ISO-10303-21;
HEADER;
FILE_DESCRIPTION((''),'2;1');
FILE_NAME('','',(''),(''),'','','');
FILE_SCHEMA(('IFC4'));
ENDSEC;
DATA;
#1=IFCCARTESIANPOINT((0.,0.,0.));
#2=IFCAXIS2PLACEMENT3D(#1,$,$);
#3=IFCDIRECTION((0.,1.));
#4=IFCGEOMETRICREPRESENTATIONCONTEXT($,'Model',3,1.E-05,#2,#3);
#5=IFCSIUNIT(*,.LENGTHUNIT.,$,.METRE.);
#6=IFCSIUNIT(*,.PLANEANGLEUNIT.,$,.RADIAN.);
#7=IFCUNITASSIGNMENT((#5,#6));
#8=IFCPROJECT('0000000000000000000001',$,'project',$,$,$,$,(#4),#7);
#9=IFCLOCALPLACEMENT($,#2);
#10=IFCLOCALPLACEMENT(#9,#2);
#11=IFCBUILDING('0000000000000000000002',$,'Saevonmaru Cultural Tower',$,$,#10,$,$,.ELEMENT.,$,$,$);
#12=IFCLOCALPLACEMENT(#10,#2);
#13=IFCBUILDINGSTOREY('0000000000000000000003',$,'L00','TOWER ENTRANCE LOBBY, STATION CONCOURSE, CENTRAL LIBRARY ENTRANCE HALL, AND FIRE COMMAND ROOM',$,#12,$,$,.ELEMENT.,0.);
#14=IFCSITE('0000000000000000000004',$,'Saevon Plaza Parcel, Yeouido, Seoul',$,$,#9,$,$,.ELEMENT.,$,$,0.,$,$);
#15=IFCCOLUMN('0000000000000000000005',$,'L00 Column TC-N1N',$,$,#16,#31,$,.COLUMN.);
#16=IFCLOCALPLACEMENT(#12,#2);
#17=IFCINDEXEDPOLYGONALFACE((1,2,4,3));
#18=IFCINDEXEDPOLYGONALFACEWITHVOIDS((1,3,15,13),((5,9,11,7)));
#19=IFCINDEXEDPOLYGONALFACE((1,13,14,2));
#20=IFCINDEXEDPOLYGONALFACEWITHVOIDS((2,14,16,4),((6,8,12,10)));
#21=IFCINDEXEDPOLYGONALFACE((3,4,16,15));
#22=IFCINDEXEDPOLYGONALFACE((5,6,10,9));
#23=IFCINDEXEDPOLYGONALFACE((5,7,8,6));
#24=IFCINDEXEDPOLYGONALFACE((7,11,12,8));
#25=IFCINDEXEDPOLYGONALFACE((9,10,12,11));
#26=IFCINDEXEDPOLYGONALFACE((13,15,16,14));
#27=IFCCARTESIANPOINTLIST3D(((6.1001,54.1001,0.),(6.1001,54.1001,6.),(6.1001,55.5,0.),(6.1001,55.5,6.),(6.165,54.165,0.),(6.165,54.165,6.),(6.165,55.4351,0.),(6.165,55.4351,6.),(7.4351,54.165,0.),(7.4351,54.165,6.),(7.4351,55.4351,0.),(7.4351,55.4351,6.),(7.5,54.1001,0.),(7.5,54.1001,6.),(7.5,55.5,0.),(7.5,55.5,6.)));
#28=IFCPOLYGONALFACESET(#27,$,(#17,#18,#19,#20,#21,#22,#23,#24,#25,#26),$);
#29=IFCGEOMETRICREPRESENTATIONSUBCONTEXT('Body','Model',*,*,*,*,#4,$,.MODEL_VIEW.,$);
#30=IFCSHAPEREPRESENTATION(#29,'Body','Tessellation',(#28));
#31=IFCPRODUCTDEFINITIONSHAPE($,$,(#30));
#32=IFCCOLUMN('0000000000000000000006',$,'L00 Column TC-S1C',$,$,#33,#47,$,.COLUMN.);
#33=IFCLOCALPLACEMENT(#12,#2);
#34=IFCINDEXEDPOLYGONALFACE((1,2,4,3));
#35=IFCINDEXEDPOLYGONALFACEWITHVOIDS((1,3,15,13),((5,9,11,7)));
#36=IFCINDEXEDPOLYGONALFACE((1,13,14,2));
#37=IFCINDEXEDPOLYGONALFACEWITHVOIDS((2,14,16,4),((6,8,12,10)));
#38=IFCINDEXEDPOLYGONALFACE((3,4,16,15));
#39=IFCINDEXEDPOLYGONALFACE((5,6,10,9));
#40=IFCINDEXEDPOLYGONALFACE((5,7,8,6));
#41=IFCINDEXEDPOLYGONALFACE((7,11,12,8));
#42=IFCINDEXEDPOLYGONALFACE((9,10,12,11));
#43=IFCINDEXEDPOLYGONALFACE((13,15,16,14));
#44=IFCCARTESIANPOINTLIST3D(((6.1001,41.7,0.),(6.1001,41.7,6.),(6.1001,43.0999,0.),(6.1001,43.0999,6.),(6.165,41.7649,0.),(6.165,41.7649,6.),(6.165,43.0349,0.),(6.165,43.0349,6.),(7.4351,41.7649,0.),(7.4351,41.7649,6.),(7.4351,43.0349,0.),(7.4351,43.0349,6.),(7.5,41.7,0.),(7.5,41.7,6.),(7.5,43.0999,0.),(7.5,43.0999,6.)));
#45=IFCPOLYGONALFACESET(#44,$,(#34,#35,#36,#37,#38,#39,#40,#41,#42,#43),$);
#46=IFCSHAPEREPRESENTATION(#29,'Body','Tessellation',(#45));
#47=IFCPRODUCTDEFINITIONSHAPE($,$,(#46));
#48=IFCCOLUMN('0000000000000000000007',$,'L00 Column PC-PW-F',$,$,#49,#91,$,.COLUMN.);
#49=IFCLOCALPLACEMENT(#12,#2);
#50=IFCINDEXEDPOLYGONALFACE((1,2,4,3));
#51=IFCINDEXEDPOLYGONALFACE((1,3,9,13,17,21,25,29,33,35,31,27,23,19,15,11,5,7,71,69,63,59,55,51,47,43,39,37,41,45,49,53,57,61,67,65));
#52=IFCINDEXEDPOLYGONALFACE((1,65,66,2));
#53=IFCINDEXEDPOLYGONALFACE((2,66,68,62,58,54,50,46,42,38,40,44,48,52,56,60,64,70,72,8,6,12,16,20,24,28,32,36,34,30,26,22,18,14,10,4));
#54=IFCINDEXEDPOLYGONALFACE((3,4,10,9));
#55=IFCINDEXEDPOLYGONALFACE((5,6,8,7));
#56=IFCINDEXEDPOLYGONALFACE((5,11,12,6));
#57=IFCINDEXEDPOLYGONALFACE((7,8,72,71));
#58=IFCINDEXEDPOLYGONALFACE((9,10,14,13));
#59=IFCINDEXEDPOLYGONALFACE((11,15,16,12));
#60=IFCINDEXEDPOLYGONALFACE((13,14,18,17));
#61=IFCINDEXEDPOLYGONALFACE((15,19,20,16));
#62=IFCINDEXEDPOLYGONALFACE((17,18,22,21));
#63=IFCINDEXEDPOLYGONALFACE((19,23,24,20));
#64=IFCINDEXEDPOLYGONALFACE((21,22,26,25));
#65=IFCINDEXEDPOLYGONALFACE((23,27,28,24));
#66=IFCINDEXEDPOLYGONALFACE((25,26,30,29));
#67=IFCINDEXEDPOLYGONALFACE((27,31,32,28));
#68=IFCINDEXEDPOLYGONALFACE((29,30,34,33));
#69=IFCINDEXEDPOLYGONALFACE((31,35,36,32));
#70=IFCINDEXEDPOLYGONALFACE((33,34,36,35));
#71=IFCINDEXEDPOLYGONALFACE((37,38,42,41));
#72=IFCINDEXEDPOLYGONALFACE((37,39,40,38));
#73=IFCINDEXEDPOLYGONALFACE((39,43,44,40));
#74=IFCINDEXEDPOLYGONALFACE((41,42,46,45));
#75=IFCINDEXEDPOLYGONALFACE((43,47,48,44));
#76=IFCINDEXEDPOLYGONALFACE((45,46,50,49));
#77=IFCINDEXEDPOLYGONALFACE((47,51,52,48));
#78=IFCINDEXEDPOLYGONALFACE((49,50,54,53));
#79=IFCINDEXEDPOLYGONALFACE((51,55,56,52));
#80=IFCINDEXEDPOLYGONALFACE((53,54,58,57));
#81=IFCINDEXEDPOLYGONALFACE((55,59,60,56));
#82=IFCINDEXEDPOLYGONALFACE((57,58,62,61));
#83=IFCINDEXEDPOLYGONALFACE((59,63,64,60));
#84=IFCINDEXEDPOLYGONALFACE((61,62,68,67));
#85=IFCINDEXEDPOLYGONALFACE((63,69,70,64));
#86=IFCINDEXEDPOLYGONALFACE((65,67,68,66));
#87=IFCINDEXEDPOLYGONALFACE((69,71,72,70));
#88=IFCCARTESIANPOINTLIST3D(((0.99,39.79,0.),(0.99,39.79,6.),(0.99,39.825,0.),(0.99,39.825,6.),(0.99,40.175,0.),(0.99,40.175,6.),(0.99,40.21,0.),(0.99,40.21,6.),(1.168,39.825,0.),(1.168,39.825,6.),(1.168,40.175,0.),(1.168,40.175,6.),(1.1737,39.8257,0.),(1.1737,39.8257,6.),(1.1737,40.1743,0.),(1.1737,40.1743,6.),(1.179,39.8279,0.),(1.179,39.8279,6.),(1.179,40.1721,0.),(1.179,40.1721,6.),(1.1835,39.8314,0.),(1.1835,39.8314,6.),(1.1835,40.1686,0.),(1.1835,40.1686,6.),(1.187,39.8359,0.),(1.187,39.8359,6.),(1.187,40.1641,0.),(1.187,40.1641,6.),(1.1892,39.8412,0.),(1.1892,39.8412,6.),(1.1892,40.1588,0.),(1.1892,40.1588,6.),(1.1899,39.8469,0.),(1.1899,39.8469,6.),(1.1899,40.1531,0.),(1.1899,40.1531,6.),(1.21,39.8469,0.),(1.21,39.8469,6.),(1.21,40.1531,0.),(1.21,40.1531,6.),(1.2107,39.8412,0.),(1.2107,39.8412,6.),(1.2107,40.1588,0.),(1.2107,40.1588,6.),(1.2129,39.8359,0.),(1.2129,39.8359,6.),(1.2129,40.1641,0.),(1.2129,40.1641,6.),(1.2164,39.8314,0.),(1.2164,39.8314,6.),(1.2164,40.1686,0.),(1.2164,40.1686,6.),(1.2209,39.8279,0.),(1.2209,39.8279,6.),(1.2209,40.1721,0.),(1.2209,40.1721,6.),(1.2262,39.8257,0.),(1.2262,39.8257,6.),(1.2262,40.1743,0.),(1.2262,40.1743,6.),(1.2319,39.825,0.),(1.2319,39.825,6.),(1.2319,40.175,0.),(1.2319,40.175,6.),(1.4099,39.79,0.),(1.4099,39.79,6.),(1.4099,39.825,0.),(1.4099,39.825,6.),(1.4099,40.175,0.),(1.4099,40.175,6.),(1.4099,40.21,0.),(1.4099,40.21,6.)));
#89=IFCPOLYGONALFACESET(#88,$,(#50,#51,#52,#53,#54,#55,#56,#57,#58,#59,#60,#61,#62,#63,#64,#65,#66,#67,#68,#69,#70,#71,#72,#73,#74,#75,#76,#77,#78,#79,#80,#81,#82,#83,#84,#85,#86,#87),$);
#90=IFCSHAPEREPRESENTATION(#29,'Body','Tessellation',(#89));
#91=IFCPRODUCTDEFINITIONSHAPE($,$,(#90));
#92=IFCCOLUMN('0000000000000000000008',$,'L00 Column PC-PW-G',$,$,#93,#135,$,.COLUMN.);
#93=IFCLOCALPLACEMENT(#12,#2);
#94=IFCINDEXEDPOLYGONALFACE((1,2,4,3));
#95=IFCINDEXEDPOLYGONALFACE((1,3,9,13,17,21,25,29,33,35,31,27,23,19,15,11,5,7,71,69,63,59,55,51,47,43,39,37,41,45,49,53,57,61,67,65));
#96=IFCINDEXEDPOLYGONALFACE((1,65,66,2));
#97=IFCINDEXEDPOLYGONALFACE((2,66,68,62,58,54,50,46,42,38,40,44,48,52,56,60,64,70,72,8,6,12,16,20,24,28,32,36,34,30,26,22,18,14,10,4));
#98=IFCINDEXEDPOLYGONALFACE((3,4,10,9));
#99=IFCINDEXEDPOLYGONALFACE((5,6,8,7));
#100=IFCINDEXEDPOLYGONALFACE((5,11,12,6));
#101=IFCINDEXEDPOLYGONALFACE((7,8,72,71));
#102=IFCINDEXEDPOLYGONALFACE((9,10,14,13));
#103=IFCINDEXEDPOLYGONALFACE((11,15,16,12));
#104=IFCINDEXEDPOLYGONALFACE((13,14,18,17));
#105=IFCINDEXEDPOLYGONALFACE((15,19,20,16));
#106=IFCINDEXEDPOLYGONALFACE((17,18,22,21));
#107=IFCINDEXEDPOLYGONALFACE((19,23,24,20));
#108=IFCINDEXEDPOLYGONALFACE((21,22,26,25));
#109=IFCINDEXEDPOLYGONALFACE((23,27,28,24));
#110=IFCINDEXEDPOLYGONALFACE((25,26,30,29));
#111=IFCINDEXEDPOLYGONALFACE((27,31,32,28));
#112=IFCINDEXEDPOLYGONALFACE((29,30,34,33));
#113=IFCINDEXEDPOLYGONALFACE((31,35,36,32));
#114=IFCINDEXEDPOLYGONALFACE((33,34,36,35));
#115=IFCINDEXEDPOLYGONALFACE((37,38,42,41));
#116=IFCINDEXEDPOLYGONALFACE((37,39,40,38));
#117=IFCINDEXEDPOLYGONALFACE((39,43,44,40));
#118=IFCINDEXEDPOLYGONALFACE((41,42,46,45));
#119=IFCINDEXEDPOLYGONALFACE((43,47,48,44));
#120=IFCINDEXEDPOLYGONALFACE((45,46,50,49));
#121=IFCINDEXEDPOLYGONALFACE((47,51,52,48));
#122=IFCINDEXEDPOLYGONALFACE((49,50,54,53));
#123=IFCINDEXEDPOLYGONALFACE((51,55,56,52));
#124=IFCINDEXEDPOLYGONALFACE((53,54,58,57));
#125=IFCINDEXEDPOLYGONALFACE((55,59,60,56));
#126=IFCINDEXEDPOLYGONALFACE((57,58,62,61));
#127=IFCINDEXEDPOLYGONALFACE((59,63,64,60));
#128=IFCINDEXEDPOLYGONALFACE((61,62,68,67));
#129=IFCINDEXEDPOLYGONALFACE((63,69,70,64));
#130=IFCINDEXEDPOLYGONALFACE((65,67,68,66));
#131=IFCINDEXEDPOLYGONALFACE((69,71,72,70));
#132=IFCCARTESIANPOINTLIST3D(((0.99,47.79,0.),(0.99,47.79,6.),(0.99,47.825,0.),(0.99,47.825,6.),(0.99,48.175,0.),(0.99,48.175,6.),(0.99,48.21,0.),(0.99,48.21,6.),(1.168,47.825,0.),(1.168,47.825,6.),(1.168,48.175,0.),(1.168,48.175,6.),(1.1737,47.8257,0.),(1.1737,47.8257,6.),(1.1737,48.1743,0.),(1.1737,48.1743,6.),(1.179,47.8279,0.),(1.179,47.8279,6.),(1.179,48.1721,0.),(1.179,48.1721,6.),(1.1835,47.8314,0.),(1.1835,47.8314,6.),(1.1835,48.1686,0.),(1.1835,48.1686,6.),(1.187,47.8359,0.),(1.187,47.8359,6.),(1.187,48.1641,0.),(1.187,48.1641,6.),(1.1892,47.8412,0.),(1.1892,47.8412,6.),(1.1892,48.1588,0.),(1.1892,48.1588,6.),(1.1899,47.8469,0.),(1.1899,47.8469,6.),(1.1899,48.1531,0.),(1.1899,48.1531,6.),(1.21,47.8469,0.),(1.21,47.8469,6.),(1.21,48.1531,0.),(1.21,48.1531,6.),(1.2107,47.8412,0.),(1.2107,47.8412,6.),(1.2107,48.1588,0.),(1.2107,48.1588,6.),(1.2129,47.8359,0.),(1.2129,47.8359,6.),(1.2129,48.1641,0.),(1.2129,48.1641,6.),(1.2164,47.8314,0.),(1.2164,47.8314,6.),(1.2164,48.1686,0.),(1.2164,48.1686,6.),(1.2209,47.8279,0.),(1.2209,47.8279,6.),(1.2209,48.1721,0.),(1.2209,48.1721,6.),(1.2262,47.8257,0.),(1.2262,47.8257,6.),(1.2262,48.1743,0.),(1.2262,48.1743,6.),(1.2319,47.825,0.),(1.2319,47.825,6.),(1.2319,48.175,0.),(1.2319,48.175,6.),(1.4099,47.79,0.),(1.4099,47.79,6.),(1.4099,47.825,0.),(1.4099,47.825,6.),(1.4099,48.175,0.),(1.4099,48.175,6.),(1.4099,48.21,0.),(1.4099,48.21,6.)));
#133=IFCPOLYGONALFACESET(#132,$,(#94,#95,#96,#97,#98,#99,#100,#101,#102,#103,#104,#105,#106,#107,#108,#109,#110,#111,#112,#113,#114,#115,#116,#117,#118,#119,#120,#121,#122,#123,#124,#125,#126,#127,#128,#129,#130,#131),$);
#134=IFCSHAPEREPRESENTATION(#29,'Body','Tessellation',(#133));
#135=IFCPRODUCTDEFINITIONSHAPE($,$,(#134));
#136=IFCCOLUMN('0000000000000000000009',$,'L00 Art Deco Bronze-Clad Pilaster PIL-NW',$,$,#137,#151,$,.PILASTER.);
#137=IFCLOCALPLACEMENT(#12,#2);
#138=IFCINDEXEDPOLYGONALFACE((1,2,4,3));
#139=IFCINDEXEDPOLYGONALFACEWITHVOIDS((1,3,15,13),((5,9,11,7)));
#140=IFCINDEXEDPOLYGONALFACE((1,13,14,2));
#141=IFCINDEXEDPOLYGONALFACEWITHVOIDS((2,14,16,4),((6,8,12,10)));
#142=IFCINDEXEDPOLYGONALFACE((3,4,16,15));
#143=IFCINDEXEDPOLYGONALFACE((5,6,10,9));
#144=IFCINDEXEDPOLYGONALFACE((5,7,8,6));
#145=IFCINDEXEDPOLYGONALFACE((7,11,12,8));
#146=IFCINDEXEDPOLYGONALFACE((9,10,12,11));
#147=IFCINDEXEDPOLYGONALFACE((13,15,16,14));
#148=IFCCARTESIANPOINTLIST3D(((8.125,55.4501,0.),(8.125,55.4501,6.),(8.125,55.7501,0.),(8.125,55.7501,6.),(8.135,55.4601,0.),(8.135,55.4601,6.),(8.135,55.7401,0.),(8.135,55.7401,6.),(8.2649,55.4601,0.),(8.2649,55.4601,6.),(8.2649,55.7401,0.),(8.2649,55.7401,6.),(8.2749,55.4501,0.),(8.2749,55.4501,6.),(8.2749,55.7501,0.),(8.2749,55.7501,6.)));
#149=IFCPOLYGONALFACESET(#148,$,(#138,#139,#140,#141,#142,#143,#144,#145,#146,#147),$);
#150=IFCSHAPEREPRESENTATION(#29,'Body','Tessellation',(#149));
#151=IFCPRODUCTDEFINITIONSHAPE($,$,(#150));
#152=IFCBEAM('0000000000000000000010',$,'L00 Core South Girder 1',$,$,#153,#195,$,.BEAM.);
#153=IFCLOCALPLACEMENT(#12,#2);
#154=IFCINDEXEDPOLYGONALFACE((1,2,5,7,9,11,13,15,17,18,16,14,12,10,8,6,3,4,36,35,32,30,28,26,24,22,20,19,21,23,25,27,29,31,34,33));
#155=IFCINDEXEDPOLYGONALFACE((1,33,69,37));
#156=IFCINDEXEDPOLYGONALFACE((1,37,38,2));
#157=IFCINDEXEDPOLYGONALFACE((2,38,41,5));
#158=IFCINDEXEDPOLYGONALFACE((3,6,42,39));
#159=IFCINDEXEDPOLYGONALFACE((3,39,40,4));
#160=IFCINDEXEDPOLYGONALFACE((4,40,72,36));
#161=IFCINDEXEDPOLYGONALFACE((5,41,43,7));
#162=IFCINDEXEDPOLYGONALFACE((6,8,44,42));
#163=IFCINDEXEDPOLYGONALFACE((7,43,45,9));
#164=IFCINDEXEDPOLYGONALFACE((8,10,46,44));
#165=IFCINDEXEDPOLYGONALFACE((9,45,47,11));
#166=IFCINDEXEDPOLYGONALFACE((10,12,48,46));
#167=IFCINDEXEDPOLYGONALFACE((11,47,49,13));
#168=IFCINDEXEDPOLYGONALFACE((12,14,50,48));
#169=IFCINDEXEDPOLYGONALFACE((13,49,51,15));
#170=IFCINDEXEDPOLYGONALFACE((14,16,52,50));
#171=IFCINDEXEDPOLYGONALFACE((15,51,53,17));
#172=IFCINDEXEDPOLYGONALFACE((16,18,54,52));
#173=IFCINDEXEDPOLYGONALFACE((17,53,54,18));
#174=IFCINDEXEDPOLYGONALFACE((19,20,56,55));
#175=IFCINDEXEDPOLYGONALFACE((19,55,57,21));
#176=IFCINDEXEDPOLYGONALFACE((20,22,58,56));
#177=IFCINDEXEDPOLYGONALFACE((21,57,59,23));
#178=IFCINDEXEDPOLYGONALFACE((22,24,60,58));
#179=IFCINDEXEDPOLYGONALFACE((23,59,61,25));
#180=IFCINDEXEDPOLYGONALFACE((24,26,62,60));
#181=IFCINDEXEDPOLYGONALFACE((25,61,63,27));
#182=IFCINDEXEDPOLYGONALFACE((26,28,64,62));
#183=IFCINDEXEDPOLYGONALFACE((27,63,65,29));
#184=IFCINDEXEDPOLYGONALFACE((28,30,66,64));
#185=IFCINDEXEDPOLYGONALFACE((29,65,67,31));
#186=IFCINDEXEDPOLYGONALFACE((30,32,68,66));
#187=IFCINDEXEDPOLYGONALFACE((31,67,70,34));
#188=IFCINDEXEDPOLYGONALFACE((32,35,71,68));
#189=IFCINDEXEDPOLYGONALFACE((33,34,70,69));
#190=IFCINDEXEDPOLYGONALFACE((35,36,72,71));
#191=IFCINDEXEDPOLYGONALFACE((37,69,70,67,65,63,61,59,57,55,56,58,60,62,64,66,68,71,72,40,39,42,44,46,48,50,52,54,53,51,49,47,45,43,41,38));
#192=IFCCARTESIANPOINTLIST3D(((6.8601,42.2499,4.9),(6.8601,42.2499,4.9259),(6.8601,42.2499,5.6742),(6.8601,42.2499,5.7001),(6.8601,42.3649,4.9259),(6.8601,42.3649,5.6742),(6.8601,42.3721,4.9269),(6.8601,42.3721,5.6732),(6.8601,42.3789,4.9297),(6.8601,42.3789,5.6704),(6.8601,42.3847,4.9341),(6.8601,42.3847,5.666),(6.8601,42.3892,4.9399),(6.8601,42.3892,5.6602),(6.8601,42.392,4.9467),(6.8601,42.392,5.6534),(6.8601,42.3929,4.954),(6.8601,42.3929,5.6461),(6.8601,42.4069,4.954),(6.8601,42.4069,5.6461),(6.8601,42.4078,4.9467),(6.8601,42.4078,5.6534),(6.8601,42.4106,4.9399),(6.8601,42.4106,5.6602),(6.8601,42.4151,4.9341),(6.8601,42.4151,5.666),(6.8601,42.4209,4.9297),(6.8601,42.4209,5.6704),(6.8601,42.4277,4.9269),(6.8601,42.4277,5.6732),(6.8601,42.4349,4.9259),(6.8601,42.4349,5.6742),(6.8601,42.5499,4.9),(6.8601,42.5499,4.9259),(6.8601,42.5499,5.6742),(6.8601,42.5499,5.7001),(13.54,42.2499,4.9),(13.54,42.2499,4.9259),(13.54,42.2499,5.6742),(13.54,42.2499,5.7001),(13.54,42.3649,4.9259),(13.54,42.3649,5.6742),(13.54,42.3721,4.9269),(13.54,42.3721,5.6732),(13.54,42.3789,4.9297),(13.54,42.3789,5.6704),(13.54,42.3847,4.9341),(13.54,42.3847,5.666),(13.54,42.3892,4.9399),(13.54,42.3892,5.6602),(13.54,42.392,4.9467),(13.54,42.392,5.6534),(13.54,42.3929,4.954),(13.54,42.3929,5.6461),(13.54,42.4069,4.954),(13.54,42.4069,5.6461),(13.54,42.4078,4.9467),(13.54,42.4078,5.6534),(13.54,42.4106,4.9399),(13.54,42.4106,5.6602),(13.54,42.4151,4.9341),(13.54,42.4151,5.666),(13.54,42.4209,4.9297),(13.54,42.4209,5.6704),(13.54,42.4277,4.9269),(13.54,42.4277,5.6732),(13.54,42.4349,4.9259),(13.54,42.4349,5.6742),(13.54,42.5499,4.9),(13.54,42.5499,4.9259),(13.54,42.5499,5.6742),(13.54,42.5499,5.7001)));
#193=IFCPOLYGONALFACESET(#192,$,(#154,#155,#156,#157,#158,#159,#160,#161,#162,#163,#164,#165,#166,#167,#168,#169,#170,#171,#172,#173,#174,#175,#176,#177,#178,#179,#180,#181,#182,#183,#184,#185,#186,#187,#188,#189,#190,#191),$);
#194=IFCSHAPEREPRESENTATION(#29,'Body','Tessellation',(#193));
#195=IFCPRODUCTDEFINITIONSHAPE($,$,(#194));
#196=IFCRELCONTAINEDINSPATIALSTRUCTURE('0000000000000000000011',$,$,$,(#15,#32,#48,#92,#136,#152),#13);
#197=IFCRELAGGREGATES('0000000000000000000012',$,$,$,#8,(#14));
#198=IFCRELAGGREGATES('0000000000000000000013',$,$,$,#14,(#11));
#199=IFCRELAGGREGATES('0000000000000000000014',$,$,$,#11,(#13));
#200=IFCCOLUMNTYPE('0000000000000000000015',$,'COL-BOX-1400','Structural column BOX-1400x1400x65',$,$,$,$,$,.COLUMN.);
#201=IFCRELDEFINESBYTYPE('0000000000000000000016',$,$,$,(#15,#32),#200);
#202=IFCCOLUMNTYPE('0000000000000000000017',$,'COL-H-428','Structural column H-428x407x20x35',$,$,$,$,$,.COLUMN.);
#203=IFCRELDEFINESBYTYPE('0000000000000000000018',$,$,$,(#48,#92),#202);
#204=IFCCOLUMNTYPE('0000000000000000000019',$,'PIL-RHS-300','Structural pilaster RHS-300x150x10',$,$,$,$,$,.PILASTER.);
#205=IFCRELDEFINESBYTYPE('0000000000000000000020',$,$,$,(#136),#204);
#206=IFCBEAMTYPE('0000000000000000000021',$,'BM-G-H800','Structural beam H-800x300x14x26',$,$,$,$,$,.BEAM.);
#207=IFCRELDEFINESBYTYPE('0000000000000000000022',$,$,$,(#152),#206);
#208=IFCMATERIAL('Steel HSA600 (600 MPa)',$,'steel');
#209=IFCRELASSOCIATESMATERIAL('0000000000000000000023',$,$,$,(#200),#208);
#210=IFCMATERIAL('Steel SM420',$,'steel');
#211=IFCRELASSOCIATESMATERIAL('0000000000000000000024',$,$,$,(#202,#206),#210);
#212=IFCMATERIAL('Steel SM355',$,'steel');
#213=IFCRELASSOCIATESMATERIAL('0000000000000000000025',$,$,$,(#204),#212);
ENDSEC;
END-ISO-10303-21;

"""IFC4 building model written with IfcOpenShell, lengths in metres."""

from ifc_helpers import new_model, si_unit, direction, frame, origin, origin_2d, place, context, subcontext, project, spatial, hollow_rectangle, i_section, extrude, material, material_profile, profile_set, type_object, element, save


model = new_model("IFC4")

# Units and contexts
model_context = context("Model", 3, precision=1e-05, world=origin(), true_north=direction((0.0, 1.0)))
body_context = subcontext(model_context, "Body", "Model", "MODEL_VIEW")
ifc_project = project(units=[si_unit("LENGTHUNIT", "METRE"), si_unit("PLANEANGLEUNIT", "RADIAN")], contexts=[model_context])

# Site, building, storey
site_placement = place(None, origin())
site = spatial("IfcSite", under=ifc_project, at=site_placement, Name="Saevon Plaza Parcel, Yeouido, Seoul", CompositionType="ELEMENT", RefElevation=0.0)
building_placement = place(site_placement, origin())
building = spatial("IfcBuilding", under=site, at=building_placement, Name="Saevonmaru Cultural Tower", CompositionType="ELEMENT")
storey_placement = place(building_placement, origin())
storey = spatial("IfcBuildingStorey", under=building, at=storey_placement, Name="L00", Description="TOWER ENTRANCE LOBBY, STATION CONCOURSE, CENTRAL LIBRARY ENTRANCE HALL, AND FIRE COMMAND ROOM", CompositionType="ELEMENT", Elevation=0.0)

# Columns
ifc_material_1 = material(Name="Steel HSA600 (600 MPa)", Category="steel")
ifc_material_profile_1 = material_profile(ifc_material_1, hollow_rectangle(XDim=1.3999, YDim=1.3999, WallThickness=0.0649, at=origin_2d()), Name="BOX-1400x1400x65")
ifc_profile_set_1 = profile_set([ifc_material_profile_1], Name="Steel HSA600 (600 MPa)")
column_type_1 = type_object("IfcColumnType", Name="COL-BOX-1400", Description="Structural column BOX-1400x1400x65", PredefinedType="COLUMN", material=ifc_profile_set_1)
for number, where, z_axis, x_axis, name in (
    (1, (6.8, 54.8, 0.0), (0.0, 0.0, 1.0), (1.0, 0.0, 0.0), "L00 Column TC-N1N"),
    (2, (6.8, 42.3999, 0.0), (0.0, 0.0, 1.0), (1.0, 0.0, 0.0), "L00 Column TC-S1C"),
):
    element("IfcColumn", number, at=place(storey_placement, frame(where, z_axis=z_axis, x_axis=x_axis)), inside=storey, type_object=column_type_1, Name=name, PredefinedType="COLUMN", context=body_context, shape_type="SweptSolid", body=[
        extrude(hollow_rectangle(XDim=1.3999, YDim=1.3999, WallThickness=0.0649, at=origin_2d()), origin(), (0.0, 0.0, 1.0), 6.0),
    ])
ifc_material_2 = material(Name="Steel SM420", Category="steel")
ifc_material_profile_2 = material_profile(ifc_material_2, i_section(OverallWidth=0.4199, OverallDepth=0.4199, WebThickness=0.02, FlangeThickness=0.0349, FilletRadius=0.022, at=origin_2d()), Name="H-428x407x20x35")
ifc_profile_set_2 = profile_set([ifc_material_profile_2], Name="Steel SM420")
column_type_2 = type_object("IfcColumnType", Name="COL-H-428", Description="Structural column H-428x407x20x35", PredefinedType="COLUMN", material=ifc_profile_set_2)
for number, where, z_axis, x_axis, name in (
    (3, (1.2, 40.0, 0.0), (0.0, 0.0, 1.0), (1.0, 0.0, 0.0), "L00 Column PC-PW-F"),
    (4, (1.2, 48.0, 0.0), (0.0, 0.0, 1.0), (1.0, 0.0, 0.0), "L00 Column PC-PW-G"),
):
    element("IfcColumn", number, at=place(storey_placement, frame(where, z_axis=z_axis, x_axis=x_axis)), inside=storey, type_object=column_type_2, Name=name, PredefinedType="COLUMN", context=body_context, shape_type="SweptSolid", body=[
        extrude(i_section(OverallWidth=0.4199, OverallDepth=0.4199, WebThickness=0.02, FlangeThickness=0.0349, FilletRadius=0.022, at=origin_2d()), origin(), (0.0, 0.0, 1.0), 6.0),
    ])
ifc_material_3 = material(Name="Steel SM355", Category="steel")
ifc_material_profile_3 = material_profile(ifc_material_3, hollow_rectangle(XDim=0.1499, YDim=0.3, WallThickness=0.01, at=origin_2d()), Name="RHS-300x150x10")
ifc_profile_set_3 = profile_set([ifc_material_profile_3], Name="Steel SM355")
column_type_3 = type_object("IfcColumnType", Name="PIL-RHS-300", Description="Structural pilaster RHS-300x150x10", PredefinedType="PILASTER", material=ifc_profile_set_3)
column_placement = place(storey_placement, frame((8.2, 55.6001, 0.0), z_axis=(0.0, 0.0, 1.0), x_axis=(1.0, 0.0, 0.0)))
element("IfcColumn", 5, at=column_placement, inside=storey, type_object=column_type_3, Name="L00 Art Deco Bronze-Clad Pilaster PIL-NW", PredefinedType="PILASTER", context=body_context, shape_type="SweptSolid", body=[
    extrude(hollow_rectangle(XDim=0.1499, YDim=0.3, WallThickness=0.01, at=origin_2d()), origin(), (0.0, 0.0, 1.0), 6.0),
])

# Beam
ifc_material_profile_4 = material_profile(ifc_material_2, i_section(OverallWidth=0.3, OverallDepth=0.8, WebThickness=0.0139, FlangeThickness=0.0259, FilletRadius=0.0281, at=origin_2d()), Name="H-800x300x14x26")
ifc_profile_set_4 = profile_set([ifc_material_profile_4], Name="Steel SM420")
beam_type_1 = type_object("IfcBeamType", Name="BM-G-H800", Description="Structural beam H-800x300x14x26", PredefinedType="BEAM", material=ifc_profile_set_4)
beam_1_placement = place(storey_placement, frame((6.8601, 42.3999, 5.3), z_axis=(1.0, 0.0, 0.0), x_axis=(0.0, 1.0, 0.0)))
element("IfcBeam", 6, at=beam_1_placement, inside=storey, type_object=beam_type_1, Name="L00 Core South Girder 1", PredefinedType="BEAM", context=body_context, shape_type="SweptSolid", body=[
    extrude(i_section(OverallWidth=0.3, OverallDepth=0.8, WebThickness=0.0139, FlangeThickness=0.0259, FilletRadius=0.0281, at=origin_2d()), origin(), (0.0, 0.0, 1.0), 6.6799),
])

save(model, "model.ifc")
